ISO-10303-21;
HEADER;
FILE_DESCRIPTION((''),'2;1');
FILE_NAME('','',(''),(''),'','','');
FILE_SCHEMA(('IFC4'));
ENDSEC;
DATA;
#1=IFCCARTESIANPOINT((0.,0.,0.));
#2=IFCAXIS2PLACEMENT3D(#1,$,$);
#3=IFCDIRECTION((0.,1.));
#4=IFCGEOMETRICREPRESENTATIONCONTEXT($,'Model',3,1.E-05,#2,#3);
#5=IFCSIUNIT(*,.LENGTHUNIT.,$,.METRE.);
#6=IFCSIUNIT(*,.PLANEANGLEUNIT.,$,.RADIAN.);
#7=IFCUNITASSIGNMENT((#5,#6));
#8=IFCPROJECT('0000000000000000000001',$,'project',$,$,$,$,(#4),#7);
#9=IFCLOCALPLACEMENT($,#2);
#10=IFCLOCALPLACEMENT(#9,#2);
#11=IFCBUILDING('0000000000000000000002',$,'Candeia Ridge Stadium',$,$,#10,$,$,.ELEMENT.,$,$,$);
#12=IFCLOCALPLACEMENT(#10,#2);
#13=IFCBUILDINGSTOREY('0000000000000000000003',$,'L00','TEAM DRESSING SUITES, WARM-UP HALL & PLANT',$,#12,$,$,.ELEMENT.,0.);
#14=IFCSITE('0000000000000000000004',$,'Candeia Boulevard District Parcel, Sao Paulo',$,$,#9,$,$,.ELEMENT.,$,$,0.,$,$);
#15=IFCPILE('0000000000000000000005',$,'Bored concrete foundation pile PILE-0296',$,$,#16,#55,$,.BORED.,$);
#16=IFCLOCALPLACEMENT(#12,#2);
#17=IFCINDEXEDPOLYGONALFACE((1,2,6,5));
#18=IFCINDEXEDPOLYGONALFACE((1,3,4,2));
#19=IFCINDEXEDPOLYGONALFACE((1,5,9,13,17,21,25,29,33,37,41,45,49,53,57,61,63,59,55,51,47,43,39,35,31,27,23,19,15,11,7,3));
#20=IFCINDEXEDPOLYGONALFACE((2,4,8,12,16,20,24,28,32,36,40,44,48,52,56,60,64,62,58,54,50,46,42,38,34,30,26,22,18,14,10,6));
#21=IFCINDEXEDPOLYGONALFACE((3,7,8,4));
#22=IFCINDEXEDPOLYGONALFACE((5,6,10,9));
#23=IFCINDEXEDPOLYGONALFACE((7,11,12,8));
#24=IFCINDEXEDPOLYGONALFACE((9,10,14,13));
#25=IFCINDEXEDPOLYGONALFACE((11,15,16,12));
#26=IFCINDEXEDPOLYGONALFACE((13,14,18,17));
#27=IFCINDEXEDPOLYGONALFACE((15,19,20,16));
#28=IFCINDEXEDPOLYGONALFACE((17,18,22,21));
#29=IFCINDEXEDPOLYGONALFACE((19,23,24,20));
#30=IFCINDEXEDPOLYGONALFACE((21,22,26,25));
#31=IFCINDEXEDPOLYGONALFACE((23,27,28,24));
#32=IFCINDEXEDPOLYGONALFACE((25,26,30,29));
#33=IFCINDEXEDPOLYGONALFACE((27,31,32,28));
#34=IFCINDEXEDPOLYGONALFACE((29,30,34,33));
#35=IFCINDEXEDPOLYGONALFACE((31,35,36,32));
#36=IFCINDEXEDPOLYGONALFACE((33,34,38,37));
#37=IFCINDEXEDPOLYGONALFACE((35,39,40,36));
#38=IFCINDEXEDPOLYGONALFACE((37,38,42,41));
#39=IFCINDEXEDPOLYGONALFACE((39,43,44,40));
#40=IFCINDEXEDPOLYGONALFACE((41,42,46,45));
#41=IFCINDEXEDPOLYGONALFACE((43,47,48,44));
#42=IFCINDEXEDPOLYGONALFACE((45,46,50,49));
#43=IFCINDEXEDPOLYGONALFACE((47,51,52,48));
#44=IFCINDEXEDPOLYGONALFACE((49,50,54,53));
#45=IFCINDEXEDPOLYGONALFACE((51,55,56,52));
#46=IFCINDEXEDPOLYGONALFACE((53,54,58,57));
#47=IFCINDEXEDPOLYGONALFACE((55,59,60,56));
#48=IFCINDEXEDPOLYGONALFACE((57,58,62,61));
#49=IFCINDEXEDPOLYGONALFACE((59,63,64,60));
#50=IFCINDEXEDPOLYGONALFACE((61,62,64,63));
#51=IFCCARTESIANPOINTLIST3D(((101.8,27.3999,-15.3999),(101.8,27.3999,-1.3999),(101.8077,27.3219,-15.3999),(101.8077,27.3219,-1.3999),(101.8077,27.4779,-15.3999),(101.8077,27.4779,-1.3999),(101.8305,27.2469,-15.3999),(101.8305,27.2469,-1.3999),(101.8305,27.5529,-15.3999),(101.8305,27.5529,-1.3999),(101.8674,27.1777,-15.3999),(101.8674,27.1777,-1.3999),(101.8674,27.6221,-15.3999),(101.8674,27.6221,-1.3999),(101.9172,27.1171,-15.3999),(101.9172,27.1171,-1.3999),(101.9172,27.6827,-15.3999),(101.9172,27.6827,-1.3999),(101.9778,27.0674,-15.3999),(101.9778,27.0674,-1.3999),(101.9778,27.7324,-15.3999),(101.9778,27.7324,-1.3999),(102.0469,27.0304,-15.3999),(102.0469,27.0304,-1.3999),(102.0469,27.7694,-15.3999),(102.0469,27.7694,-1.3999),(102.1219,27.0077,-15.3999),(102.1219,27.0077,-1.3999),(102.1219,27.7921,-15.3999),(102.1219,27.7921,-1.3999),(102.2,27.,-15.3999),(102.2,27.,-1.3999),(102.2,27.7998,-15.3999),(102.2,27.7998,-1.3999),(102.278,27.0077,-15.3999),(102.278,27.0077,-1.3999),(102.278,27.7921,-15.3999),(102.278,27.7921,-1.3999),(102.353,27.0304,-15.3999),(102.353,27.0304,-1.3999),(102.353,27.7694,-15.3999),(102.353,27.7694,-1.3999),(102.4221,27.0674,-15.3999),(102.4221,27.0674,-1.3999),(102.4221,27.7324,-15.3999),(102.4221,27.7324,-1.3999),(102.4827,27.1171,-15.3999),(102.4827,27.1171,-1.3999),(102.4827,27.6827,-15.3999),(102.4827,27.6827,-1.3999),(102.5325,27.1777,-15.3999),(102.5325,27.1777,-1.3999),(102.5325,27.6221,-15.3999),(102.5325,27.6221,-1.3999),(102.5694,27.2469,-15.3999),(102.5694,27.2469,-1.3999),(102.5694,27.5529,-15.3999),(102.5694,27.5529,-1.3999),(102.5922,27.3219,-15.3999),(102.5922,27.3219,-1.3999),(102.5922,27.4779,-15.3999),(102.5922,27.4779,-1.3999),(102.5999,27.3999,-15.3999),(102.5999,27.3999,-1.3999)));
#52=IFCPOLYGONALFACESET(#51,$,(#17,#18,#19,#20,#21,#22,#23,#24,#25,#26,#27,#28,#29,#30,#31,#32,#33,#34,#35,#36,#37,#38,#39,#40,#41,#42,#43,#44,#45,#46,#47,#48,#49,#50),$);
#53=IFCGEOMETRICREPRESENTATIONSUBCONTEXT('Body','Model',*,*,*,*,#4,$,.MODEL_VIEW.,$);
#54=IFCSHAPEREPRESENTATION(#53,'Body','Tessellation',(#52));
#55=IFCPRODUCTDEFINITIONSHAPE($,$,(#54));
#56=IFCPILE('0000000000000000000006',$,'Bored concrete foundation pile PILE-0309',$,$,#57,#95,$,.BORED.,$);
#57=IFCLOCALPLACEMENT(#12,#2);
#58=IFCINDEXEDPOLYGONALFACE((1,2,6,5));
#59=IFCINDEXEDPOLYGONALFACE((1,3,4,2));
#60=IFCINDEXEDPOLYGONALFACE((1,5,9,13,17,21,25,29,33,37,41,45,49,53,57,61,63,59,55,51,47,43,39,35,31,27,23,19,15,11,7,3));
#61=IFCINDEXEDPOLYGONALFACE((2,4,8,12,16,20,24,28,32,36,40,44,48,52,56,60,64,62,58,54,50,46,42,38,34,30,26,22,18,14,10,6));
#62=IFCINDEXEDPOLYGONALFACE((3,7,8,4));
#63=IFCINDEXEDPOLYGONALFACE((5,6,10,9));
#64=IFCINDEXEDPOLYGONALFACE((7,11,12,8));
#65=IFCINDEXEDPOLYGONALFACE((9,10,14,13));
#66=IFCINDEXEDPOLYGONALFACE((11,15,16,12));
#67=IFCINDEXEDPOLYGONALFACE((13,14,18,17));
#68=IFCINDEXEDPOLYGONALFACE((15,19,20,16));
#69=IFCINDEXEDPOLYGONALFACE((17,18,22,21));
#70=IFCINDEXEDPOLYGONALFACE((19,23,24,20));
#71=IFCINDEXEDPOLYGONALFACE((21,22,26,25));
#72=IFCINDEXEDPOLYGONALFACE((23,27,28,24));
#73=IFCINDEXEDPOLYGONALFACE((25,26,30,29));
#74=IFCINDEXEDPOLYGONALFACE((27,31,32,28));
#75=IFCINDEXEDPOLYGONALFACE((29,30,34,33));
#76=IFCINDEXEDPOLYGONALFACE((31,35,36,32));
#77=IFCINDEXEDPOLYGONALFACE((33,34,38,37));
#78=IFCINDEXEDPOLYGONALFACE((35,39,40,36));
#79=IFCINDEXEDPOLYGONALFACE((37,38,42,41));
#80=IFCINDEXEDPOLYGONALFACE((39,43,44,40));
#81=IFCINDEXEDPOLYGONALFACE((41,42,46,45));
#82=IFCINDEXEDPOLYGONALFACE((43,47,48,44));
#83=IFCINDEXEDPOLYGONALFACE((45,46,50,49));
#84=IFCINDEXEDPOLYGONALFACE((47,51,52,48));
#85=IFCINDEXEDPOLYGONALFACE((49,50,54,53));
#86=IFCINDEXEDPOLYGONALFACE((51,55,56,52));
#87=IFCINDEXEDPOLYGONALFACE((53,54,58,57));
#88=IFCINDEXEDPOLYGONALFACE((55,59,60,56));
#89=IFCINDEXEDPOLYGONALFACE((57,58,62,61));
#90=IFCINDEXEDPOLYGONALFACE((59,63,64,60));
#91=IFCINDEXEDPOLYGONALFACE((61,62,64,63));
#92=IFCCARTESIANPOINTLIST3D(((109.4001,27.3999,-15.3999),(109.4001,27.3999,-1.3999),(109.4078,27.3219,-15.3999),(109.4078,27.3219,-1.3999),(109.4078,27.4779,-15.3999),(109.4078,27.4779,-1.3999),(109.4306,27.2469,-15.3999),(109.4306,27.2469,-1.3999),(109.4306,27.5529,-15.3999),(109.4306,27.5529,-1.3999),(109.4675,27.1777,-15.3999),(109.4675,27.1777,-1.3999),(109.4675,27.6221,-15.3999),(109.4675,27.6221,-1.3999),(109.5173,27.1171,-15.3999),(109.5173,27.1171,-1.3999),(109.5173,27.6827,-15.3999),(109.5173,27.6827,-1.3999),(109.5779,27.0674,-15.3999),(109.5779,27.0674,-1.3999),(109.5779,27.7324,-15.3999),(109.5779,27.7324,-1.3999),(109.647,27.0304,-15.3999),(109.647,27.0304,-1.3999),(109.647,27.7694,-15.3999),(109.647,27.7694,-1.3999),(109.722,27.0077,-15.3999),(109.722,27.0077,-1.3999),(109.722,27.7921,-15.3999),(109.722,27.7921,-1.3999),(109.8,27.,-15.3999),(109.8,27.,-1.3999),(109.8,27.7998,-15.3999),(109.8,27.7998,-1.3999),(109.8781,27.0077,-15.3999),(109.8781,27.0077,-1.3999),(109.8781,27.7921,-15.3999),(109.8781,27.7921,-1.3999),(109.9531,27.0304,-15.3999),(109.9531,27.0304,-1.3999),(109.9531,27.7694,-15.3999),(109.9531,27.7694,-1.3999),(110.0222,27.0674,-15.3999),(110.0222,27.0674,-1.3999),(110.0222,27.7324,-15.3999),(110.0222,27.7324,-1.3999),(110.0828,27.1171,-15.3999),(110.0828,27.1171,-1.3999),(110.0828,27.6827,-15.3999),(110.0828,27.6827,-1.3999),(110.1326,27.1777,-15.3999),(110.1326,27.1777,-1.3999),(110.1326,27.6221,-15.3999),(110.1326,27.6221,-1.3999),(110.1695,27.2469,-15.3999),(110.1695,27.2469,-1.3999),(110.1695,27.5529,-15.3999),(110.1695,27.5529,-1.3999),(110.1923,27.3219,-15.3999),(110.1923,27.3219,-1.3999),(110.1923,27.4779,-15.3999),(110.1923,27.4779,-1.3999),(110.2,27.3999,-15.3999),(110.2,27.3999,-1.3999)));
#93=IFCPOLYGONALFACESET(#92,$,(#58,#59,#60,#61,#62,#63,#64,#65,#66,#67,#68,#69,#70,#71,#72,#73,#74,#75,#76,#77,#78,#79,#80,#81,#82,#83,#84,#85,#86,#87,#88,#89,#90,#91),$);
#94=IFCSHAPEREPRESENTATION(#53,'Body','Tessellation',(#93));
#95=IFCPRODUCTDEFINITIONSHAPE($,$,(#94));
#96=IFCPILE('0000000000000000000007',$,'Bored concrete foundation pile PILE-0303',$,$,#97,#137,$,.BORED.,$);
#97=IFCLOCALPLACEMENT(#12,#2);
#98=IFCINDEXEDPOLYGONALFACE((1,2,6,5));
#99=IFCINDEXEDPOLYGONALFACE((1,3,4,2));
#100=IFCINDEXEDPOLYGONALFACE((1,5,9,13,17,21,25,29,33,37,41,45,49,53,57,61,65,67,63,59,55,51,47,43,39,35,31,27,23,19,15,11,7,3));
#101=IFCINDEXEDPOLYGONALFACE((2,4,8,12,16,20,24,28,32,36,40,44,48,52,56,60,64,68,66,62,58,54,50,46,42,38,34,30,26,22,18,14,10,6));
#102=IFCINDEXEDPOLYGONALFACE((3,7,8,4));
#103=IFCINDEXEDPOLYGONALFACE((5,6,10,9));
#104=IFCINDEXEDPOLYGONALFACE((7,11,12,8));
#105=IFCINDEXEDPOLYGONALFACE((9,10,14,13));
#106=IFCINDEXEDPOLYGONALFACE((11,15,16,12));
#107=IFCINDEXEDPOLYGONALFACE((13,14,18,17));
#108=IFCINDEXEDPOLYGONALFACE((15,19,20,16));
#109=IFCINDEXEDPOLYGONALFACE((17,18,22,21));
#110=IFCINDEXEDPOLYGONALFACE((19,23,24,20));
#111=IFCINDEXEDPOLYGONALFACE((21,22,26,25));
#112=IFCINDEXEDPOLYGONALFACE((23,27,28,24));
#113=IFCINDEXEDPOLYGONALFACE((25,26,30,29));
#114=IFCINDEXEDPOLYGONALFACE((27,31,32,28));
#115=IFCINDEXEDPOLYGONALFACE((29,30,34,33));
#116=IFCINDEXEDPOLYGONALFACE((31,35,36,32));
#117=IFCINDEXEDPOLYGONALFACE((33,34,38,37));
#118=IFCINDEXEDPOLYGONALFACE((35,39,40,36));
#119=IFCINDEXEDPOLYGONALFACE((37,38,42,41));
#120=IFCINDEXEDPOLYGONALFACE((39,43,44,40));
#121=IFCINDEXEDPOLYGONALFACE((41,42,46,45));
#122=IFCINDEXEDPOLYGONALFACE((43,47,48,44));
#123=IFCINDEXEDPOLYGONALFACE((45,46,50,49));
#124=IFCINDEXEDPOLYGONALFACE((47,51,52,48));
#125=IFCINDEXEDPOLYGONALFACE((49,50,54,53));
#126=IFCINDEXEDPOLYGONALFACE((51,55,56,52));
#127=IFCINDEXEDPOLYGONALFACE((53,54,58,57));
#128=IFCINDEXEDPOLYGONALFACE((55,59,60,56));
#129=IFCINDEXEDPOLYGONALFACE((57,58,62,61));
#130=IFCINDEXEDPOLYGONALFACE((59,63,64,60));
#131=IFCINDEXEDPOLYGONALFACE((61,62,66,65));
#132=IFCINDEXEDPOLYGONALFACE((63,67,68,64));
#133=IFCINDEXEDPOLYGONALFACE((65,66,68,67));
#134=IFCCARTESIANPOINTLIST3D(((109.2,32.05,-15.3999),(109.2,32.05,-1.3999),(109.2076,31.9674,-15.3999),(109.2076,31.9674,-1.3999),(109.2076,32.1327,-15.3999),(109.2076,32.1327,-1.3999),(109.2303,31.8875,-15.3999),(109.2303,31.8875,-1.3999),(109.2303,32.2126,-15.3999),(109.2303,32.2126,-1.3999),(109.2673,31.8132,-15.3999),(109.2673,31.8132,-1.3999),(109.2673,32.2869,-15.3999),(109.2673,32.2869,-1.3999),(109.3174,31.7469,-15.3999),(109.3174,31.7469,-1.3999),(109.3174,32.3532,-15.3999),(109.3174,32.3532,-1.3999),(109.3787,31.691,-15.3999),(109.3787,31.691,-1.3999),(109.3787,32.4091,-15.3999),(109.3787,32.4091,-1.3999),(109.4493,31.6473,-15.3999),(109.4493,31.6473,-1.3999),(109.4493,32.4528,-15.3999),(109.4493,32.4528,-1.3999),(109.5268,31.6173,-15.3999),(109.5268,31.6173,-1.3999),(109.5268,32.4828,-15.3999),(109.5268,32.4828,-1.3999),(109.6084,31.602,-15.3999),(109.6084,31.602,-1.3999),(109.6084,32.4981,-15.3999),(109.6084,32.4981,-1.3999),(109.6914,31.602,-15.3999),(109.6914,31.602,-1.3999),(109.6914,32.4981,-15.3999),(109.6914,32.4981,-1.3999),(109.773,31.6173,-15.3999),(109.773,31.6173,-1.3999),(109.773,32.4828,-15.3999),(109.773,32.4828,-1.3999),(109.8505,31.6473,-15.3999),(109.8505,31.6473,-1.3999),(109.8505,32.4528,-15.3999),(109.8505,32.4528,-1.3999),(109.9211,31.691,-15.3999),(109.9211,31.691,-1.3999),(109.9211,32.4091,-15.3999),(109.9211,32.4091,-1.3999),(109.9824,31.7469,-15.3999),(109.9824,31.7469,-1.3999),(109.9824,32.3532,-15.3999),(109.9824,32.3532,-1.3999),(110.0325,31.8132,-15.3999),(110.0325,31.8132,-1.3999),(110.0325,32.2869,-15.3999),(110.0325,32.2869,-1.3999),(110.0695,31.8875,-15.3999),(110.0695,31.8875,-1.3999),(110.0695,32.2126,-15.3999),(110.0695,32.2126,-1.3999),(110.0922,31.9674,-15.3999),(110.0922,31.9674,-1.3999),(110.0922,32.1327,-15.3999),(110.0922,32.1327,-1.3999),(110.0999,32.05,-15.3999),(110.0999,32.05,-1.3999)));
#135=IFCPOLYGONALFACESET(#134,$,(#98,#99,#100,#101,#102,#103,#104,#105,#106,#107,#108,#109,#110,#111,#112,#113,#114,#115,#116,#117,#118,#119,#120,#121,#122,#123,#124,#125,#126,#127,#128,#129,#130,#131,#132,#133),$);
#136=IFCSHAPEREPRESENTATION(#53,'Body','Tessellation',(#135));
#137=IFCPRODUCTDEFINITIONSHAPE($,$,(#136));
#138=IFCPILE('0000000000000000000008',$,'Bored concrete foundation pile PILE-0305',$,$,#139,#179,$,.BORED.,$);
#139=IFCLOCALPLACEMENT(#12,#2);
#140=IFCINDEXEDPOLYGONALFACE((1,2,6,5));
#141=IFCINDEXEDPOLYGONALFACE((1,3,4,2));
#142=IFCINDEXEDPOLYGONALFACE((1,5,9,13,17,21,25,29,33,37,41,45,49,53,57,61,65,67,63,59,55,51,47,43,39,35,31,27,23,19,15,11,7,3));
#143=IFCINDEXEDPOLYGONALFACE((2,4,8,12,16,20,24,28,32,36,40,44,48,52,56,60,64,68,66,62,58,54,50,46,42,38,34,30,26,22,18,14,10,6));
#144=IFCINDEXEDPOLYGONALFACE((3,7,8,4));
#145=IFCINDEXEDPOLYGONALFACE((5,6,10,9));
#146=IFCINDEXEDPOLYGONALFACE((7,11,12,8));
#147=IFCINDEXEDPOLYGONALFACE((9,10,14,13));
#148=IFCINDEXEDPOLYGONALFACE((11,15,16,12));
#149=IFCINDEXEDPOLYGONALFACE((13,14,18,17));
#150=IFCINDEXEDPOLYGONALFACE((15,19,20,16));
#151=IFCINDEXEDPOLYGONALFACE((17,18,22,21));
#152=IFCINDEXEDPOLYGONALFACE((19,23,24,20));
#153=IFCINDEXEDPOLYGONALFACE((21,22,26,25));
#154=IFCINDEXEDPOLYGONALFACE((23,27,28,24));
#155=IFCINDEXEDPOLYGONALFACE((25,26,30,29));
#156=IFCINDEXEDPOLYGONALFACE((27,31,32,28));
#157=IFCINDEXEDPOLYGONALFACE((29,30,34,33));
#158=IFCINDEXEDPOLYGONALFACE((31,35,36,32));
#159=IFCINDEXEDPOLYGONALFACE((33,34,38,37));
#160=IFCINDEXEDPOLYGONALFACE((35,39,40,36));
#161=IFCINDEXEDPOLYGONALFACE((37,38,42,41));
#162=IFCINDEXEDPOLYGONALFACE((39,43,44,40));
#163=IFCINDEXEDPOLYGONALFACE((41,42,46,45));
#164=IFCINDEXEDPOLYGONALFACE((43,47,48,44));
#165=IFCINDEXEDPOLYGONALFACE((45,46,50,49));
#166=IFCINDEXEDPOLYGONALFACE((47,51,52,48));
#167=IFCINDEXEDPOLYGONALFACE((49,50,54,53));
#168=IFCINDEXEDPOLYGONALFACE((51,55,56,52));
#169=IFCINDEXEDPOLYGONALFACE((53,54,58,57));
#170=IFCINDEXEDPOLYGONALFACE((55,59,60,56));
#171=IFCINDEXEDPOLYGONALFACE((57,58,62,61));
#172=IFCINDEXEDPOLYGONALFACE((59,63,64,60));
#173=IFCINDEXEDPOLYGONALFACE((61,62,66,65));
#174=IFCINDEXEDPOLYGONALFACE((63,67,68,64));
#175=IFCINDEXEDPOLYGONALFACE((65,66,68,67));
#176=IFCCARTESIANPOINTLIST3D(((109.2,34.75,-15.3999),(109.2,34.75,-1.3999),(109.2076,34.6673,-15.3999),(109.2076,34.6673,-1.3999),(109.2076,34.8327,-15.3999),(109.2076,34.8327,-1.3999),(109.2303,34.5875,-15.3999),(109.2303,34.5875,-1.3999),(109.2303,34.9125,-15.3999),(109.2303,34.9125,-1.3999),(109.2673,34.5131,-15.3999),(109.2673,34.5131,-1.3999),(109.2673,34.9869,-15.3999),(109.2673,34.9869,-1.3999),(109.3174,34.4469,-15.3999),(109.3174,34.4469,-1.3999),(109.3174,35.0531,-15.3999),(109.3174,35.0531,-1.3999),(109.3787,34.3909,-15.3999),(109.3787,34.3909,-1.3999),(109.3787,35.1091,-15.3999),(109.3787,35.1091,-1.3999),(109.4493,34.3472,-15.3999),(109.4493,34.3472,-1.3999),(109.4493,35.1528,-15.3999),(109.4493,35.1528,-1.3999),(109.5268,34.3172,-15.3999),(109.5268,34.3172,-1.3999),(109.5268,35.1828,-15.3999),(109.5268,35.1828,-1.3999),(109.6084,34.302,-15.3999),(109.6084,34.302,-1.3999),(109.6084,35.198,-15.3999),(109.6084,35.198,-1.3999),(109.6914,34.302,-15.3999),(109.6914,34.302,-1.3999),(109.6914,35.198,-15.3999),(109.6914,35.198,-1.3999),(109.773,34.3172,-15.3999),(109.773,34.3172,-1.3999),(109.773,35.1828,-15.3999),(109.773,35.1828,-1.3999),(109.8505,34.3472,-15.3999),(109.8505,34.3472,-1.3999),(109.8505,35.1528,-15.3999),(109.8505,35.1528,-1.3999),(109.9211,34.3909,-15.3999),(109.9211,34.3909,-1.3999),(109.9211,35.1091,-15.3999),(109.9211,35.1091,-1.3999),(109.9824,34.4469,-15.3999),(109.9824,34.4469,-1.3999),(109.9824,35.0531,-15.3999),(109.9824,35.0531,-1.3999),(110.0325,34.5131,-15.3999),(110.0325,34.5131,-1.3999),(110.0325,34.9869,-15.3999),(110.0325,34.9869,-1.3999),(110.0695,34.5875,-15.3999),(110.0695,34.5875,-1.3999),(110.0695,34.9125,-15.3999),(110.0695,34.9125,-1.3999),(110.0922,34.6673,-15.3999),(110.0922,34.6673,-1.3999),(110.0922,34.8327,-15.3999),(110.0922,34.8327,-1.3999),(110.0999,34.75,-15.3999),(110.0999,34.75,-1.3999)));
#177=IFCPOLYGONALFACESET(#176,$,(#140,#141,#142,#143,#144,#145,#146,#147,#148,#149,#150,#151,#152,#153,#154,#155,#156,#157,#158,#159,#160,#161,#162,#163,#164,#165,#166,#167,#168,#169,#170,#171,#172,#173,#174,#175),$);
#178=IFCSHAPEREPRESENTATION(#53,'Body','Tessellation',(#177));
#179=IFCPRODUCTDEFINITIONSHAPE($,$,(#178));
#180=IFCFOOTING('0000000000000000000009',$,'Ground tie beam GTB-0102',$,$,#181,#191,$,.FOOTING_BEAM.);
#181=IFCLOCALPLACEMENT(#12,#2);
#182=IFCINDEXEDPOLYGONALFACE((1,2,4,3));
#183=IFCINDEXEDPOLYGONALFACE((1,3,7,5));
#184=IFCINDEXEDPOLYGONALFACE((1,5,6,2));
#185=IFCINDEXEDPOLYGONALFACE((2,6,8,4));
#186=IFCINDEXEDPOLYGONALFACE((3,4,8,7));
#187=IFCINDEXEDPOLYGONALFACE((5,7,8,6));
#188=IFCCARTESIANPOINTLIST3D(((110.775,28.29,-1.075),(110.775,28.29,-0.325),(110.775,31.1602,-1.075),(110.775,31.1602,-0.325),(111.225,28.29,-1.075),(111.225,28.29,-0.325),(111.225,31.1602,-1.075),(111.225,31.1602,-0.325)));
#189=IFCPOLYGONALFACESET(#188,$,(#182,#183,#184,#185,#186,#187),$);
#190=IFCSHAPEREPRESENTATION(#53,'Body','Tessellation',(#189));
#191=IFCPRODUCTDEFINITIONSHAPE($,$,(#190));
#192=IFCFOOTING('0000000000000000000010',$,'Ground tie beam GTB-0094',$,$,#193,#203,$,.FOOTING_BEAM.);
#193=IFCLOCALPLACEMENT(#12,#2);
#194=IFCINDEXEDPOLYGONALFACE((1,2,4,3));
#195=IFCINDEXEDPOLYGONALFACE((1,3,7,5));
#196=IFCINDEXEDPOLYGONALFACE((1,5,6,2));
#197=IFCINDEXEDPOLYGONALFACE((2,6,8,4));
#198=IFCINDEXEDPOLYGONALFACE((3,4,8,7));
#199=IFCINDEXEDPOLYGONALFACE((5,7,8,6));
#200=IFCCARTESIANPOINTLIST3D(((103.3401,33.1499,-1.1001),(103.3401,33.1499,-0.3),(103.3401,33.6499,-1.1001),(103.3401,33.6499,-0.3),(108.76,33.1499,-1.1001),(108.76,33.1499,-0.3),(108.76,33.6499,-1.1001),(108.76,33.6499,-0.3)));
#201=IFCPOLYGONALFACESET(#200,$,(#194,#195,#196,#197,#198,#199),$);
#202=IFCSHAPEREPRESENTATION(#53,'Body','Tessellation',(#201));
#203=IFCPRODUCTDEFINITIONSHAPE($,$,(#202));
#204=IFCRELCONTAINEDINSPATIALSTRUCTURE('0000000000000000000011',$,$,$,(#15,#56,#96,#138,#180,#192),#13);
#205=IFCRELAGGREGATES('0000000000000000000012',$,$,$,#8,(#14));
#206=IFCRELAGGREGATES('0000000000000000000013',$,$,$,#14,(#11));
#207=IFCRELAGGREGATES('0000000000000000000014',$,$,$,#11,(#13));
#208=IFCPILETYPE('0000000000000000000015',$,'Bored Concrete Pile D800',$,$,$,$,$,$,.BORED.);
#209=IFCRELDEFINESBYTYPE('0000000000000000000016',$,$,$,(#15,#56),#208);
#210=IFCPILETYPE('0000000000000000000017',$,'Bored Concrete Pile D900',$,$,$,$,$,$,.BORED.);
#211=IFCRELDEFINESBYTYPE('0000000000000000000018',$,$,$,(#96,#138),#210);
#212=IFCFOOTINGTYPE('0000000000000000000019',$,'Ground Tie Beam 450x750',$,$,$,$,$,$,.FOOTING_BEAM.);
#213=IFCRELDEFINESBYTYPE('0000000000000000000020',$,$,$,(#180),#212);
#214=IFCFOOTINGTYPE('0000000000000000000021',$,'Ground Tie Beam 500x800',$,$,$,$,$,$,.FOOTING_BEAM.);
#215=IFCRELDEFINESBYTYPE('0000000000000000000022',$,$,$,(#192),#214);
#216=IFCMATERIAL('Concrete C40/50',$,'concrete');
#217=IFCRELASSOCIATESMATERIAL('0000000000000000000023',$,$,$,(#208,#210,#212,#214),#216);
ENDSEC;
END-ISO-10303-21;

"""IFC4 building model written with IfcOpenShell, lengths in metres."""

from ifc_helpers import new_model, si_unit, direction, frame, origin, origin_2d, place, context, subcontext, project, spatial, rectangle, circle, extrude, material, material_profile, profile_set, type_object, element, save


model = new_model("IFC4")

# Units and contexts
model_context = context("Model", 3, precision=1e-05, world=origin(), true_north=direction((0.0, 1.0)))
body_context = subcontext(model_context, "Body", "Model", "MODEL_VIEW")
ifc_project = project(units=[si_unit("LENGTHUNIT", "METRE"), si_unit("PLANEANGLEUNIT", "RADIAN")], contexts=[model_context])

# Site, building, storey
site_placement = place(None, origin())
site = spatial("IfcSite", under=ifc_project, at=site_placement, Name="Candeia Boulevard District Parcel, Sao Paulo", CompositionType="ELEMENT", RefElevation=0.0)
building_placement = place(site_placement, origin())
building = spatial("IfcBuilding", under=site, at=building_placement, Name="Candeia Ridge Stadium", CompositionType="ELEMENT")
storey_placement = place(building_placement, origin())
storey = spatial("IfcBuildingStorey", under=building, at=storey_placement, Name="L00", Description="TEAM DRESSING SUITES, WARM-UP HALL & PLANT", CompositionType="ELEMENT", Elevation=0.0)

# Piles
ifc_material_1 = material(Name="Concrete C40/50", Category="concrete")
ifc_material_profile_1 = material_profile(ifc_material_1, circle(Radius=0.3999, at=origin_2d()), Name="PILE-D800", Category="concrete")
ifc_profile_set_1 = profile_set([ifc_material_profile_1], Name="Concrete C40/50")
pile_type_1 = type_object("IfcPileType", Name="Bored Concrete Pile D800", PredefinedType="BORED", material=ifc_profile_set_1)
for number, where, z_axis, x_axis, name in (
    (1, (102.2, 27.3999, -1.3999), (0.0, 0.0, -1.0), (1.0, 0.0, 0.0), "Bored concrete foundation pile PILE-0296"),
    (2, (109.8, 27.3999, -1.3999), (0.0, 0.0, -1.0), (1.0, 0.0, 0.0), "Bored concrete foundation pile PILE-0309"),
):
    element("IfcPile", number, at=place(storey_placement, frame(where, z_axis=z_axis, x_axis=x_axis)), inside=storey, type_object=pile_type_1, Name=name, PredefinedType="BORED", context=body_context, shape_type="SweptSolid", body=[
        extrude(circle(Radius=0.3999, at=origin_2d()), origin(), (0.0, 0.0, 1.0), 14.0),
    ])
ifc_material_profile_2 = material_profile(ifc_material_1, circle(Radius=0.45, at=origin_2d()), Name="PILE-D900", Category="concrete")
ifc_profile_set_2 = profile_set([ifc_material_profile_2], Name="Concrete C40/50")
pile_type_2 = type_object("IfcPileType", Name="Bored Concrete Pile D900", PredefinedType="BORED", material=ifc_profile_set_2)
for number, where, z_axis, x_axis, name in (
    (3, (109.6499, 32.05, -1.3999), (0.0, 0.0, -1.0), (1.0, 0.0, 0.0), "Bored concrete foundation pile PILE-0303"),
    (4, (109.6499, 34.75, -1.3999), (0.0, 0.0, -1.0), (1.0, 0.0, 0.0), "Bored concrete foundation pile PILE-0305"),
):
    element("IfcPile", number, at=place(storey_placement, frame(where, z_axis=z_axis, x_axis=x_axis)), inside=storey, type_object=pile_type_2, Name=name, PredefinedType="BORED", context=body_context, shape_type="SweptSolid", body=[
        extrude(circle(Radius=0.45, at=origin_2d()), origin(), (0.0, 0.0, 1.0), 14.0),
    ])

# Footings
footing_type_1 = type_object("IfcFootingType", Name="Ground Tie Beam 450x750", PredefinedType="FOOTING_BEAM", material=ifc_material_1)
footing_1_placement = place(storey_placement, frame((111.0, 29.7251, -1.075), z_axis=(0.0, 0.0, 1.0), x_axis=(0.0, -1.0, 0.0)))
element("IfcFooting", 5, at=footing_1_placement, inside=storey, type_object=footing_type_1, Name="Ground tie beam GTB-0102", PredefinedType="FOOTING_BEAM", context=body_context, shape_type="SweptSolid", body=[
    extrude(rectangle(XDim=2.8701, YDim=0.45, at=origin_2d()), origin(), (0.0, 0.0, 1.0), 0.75),
])
footing_type_2 = type_object("IfcFootingType", Name="Ground Tie Beam 500x800", PredefinedType="FOOTING_BEAM", material=ifc_material_1)
footing_2_placement = place(storey_placement, frame((106.05, 33.3999, -1.1001), z_axis=(0.0, 0.0, 1.0), x_axis=(1.0, 0.0, 0.0)))
element("IfcFooting", 6, at=footing_2_placement, inside=storey, type_object=footing_type_2, Name="Ground tie beam GTB-0094", PredefinedType="FOOTING_BEAM", context=body_context, shape_type="SweptSolid", body=[
    extrude(rectangle(XDim=5.4199, YDim=0.5, at=origin_2d()), origin(), (0.0, 0.0, 1.0), 0.8),
])

save(model, "model.ifc")
